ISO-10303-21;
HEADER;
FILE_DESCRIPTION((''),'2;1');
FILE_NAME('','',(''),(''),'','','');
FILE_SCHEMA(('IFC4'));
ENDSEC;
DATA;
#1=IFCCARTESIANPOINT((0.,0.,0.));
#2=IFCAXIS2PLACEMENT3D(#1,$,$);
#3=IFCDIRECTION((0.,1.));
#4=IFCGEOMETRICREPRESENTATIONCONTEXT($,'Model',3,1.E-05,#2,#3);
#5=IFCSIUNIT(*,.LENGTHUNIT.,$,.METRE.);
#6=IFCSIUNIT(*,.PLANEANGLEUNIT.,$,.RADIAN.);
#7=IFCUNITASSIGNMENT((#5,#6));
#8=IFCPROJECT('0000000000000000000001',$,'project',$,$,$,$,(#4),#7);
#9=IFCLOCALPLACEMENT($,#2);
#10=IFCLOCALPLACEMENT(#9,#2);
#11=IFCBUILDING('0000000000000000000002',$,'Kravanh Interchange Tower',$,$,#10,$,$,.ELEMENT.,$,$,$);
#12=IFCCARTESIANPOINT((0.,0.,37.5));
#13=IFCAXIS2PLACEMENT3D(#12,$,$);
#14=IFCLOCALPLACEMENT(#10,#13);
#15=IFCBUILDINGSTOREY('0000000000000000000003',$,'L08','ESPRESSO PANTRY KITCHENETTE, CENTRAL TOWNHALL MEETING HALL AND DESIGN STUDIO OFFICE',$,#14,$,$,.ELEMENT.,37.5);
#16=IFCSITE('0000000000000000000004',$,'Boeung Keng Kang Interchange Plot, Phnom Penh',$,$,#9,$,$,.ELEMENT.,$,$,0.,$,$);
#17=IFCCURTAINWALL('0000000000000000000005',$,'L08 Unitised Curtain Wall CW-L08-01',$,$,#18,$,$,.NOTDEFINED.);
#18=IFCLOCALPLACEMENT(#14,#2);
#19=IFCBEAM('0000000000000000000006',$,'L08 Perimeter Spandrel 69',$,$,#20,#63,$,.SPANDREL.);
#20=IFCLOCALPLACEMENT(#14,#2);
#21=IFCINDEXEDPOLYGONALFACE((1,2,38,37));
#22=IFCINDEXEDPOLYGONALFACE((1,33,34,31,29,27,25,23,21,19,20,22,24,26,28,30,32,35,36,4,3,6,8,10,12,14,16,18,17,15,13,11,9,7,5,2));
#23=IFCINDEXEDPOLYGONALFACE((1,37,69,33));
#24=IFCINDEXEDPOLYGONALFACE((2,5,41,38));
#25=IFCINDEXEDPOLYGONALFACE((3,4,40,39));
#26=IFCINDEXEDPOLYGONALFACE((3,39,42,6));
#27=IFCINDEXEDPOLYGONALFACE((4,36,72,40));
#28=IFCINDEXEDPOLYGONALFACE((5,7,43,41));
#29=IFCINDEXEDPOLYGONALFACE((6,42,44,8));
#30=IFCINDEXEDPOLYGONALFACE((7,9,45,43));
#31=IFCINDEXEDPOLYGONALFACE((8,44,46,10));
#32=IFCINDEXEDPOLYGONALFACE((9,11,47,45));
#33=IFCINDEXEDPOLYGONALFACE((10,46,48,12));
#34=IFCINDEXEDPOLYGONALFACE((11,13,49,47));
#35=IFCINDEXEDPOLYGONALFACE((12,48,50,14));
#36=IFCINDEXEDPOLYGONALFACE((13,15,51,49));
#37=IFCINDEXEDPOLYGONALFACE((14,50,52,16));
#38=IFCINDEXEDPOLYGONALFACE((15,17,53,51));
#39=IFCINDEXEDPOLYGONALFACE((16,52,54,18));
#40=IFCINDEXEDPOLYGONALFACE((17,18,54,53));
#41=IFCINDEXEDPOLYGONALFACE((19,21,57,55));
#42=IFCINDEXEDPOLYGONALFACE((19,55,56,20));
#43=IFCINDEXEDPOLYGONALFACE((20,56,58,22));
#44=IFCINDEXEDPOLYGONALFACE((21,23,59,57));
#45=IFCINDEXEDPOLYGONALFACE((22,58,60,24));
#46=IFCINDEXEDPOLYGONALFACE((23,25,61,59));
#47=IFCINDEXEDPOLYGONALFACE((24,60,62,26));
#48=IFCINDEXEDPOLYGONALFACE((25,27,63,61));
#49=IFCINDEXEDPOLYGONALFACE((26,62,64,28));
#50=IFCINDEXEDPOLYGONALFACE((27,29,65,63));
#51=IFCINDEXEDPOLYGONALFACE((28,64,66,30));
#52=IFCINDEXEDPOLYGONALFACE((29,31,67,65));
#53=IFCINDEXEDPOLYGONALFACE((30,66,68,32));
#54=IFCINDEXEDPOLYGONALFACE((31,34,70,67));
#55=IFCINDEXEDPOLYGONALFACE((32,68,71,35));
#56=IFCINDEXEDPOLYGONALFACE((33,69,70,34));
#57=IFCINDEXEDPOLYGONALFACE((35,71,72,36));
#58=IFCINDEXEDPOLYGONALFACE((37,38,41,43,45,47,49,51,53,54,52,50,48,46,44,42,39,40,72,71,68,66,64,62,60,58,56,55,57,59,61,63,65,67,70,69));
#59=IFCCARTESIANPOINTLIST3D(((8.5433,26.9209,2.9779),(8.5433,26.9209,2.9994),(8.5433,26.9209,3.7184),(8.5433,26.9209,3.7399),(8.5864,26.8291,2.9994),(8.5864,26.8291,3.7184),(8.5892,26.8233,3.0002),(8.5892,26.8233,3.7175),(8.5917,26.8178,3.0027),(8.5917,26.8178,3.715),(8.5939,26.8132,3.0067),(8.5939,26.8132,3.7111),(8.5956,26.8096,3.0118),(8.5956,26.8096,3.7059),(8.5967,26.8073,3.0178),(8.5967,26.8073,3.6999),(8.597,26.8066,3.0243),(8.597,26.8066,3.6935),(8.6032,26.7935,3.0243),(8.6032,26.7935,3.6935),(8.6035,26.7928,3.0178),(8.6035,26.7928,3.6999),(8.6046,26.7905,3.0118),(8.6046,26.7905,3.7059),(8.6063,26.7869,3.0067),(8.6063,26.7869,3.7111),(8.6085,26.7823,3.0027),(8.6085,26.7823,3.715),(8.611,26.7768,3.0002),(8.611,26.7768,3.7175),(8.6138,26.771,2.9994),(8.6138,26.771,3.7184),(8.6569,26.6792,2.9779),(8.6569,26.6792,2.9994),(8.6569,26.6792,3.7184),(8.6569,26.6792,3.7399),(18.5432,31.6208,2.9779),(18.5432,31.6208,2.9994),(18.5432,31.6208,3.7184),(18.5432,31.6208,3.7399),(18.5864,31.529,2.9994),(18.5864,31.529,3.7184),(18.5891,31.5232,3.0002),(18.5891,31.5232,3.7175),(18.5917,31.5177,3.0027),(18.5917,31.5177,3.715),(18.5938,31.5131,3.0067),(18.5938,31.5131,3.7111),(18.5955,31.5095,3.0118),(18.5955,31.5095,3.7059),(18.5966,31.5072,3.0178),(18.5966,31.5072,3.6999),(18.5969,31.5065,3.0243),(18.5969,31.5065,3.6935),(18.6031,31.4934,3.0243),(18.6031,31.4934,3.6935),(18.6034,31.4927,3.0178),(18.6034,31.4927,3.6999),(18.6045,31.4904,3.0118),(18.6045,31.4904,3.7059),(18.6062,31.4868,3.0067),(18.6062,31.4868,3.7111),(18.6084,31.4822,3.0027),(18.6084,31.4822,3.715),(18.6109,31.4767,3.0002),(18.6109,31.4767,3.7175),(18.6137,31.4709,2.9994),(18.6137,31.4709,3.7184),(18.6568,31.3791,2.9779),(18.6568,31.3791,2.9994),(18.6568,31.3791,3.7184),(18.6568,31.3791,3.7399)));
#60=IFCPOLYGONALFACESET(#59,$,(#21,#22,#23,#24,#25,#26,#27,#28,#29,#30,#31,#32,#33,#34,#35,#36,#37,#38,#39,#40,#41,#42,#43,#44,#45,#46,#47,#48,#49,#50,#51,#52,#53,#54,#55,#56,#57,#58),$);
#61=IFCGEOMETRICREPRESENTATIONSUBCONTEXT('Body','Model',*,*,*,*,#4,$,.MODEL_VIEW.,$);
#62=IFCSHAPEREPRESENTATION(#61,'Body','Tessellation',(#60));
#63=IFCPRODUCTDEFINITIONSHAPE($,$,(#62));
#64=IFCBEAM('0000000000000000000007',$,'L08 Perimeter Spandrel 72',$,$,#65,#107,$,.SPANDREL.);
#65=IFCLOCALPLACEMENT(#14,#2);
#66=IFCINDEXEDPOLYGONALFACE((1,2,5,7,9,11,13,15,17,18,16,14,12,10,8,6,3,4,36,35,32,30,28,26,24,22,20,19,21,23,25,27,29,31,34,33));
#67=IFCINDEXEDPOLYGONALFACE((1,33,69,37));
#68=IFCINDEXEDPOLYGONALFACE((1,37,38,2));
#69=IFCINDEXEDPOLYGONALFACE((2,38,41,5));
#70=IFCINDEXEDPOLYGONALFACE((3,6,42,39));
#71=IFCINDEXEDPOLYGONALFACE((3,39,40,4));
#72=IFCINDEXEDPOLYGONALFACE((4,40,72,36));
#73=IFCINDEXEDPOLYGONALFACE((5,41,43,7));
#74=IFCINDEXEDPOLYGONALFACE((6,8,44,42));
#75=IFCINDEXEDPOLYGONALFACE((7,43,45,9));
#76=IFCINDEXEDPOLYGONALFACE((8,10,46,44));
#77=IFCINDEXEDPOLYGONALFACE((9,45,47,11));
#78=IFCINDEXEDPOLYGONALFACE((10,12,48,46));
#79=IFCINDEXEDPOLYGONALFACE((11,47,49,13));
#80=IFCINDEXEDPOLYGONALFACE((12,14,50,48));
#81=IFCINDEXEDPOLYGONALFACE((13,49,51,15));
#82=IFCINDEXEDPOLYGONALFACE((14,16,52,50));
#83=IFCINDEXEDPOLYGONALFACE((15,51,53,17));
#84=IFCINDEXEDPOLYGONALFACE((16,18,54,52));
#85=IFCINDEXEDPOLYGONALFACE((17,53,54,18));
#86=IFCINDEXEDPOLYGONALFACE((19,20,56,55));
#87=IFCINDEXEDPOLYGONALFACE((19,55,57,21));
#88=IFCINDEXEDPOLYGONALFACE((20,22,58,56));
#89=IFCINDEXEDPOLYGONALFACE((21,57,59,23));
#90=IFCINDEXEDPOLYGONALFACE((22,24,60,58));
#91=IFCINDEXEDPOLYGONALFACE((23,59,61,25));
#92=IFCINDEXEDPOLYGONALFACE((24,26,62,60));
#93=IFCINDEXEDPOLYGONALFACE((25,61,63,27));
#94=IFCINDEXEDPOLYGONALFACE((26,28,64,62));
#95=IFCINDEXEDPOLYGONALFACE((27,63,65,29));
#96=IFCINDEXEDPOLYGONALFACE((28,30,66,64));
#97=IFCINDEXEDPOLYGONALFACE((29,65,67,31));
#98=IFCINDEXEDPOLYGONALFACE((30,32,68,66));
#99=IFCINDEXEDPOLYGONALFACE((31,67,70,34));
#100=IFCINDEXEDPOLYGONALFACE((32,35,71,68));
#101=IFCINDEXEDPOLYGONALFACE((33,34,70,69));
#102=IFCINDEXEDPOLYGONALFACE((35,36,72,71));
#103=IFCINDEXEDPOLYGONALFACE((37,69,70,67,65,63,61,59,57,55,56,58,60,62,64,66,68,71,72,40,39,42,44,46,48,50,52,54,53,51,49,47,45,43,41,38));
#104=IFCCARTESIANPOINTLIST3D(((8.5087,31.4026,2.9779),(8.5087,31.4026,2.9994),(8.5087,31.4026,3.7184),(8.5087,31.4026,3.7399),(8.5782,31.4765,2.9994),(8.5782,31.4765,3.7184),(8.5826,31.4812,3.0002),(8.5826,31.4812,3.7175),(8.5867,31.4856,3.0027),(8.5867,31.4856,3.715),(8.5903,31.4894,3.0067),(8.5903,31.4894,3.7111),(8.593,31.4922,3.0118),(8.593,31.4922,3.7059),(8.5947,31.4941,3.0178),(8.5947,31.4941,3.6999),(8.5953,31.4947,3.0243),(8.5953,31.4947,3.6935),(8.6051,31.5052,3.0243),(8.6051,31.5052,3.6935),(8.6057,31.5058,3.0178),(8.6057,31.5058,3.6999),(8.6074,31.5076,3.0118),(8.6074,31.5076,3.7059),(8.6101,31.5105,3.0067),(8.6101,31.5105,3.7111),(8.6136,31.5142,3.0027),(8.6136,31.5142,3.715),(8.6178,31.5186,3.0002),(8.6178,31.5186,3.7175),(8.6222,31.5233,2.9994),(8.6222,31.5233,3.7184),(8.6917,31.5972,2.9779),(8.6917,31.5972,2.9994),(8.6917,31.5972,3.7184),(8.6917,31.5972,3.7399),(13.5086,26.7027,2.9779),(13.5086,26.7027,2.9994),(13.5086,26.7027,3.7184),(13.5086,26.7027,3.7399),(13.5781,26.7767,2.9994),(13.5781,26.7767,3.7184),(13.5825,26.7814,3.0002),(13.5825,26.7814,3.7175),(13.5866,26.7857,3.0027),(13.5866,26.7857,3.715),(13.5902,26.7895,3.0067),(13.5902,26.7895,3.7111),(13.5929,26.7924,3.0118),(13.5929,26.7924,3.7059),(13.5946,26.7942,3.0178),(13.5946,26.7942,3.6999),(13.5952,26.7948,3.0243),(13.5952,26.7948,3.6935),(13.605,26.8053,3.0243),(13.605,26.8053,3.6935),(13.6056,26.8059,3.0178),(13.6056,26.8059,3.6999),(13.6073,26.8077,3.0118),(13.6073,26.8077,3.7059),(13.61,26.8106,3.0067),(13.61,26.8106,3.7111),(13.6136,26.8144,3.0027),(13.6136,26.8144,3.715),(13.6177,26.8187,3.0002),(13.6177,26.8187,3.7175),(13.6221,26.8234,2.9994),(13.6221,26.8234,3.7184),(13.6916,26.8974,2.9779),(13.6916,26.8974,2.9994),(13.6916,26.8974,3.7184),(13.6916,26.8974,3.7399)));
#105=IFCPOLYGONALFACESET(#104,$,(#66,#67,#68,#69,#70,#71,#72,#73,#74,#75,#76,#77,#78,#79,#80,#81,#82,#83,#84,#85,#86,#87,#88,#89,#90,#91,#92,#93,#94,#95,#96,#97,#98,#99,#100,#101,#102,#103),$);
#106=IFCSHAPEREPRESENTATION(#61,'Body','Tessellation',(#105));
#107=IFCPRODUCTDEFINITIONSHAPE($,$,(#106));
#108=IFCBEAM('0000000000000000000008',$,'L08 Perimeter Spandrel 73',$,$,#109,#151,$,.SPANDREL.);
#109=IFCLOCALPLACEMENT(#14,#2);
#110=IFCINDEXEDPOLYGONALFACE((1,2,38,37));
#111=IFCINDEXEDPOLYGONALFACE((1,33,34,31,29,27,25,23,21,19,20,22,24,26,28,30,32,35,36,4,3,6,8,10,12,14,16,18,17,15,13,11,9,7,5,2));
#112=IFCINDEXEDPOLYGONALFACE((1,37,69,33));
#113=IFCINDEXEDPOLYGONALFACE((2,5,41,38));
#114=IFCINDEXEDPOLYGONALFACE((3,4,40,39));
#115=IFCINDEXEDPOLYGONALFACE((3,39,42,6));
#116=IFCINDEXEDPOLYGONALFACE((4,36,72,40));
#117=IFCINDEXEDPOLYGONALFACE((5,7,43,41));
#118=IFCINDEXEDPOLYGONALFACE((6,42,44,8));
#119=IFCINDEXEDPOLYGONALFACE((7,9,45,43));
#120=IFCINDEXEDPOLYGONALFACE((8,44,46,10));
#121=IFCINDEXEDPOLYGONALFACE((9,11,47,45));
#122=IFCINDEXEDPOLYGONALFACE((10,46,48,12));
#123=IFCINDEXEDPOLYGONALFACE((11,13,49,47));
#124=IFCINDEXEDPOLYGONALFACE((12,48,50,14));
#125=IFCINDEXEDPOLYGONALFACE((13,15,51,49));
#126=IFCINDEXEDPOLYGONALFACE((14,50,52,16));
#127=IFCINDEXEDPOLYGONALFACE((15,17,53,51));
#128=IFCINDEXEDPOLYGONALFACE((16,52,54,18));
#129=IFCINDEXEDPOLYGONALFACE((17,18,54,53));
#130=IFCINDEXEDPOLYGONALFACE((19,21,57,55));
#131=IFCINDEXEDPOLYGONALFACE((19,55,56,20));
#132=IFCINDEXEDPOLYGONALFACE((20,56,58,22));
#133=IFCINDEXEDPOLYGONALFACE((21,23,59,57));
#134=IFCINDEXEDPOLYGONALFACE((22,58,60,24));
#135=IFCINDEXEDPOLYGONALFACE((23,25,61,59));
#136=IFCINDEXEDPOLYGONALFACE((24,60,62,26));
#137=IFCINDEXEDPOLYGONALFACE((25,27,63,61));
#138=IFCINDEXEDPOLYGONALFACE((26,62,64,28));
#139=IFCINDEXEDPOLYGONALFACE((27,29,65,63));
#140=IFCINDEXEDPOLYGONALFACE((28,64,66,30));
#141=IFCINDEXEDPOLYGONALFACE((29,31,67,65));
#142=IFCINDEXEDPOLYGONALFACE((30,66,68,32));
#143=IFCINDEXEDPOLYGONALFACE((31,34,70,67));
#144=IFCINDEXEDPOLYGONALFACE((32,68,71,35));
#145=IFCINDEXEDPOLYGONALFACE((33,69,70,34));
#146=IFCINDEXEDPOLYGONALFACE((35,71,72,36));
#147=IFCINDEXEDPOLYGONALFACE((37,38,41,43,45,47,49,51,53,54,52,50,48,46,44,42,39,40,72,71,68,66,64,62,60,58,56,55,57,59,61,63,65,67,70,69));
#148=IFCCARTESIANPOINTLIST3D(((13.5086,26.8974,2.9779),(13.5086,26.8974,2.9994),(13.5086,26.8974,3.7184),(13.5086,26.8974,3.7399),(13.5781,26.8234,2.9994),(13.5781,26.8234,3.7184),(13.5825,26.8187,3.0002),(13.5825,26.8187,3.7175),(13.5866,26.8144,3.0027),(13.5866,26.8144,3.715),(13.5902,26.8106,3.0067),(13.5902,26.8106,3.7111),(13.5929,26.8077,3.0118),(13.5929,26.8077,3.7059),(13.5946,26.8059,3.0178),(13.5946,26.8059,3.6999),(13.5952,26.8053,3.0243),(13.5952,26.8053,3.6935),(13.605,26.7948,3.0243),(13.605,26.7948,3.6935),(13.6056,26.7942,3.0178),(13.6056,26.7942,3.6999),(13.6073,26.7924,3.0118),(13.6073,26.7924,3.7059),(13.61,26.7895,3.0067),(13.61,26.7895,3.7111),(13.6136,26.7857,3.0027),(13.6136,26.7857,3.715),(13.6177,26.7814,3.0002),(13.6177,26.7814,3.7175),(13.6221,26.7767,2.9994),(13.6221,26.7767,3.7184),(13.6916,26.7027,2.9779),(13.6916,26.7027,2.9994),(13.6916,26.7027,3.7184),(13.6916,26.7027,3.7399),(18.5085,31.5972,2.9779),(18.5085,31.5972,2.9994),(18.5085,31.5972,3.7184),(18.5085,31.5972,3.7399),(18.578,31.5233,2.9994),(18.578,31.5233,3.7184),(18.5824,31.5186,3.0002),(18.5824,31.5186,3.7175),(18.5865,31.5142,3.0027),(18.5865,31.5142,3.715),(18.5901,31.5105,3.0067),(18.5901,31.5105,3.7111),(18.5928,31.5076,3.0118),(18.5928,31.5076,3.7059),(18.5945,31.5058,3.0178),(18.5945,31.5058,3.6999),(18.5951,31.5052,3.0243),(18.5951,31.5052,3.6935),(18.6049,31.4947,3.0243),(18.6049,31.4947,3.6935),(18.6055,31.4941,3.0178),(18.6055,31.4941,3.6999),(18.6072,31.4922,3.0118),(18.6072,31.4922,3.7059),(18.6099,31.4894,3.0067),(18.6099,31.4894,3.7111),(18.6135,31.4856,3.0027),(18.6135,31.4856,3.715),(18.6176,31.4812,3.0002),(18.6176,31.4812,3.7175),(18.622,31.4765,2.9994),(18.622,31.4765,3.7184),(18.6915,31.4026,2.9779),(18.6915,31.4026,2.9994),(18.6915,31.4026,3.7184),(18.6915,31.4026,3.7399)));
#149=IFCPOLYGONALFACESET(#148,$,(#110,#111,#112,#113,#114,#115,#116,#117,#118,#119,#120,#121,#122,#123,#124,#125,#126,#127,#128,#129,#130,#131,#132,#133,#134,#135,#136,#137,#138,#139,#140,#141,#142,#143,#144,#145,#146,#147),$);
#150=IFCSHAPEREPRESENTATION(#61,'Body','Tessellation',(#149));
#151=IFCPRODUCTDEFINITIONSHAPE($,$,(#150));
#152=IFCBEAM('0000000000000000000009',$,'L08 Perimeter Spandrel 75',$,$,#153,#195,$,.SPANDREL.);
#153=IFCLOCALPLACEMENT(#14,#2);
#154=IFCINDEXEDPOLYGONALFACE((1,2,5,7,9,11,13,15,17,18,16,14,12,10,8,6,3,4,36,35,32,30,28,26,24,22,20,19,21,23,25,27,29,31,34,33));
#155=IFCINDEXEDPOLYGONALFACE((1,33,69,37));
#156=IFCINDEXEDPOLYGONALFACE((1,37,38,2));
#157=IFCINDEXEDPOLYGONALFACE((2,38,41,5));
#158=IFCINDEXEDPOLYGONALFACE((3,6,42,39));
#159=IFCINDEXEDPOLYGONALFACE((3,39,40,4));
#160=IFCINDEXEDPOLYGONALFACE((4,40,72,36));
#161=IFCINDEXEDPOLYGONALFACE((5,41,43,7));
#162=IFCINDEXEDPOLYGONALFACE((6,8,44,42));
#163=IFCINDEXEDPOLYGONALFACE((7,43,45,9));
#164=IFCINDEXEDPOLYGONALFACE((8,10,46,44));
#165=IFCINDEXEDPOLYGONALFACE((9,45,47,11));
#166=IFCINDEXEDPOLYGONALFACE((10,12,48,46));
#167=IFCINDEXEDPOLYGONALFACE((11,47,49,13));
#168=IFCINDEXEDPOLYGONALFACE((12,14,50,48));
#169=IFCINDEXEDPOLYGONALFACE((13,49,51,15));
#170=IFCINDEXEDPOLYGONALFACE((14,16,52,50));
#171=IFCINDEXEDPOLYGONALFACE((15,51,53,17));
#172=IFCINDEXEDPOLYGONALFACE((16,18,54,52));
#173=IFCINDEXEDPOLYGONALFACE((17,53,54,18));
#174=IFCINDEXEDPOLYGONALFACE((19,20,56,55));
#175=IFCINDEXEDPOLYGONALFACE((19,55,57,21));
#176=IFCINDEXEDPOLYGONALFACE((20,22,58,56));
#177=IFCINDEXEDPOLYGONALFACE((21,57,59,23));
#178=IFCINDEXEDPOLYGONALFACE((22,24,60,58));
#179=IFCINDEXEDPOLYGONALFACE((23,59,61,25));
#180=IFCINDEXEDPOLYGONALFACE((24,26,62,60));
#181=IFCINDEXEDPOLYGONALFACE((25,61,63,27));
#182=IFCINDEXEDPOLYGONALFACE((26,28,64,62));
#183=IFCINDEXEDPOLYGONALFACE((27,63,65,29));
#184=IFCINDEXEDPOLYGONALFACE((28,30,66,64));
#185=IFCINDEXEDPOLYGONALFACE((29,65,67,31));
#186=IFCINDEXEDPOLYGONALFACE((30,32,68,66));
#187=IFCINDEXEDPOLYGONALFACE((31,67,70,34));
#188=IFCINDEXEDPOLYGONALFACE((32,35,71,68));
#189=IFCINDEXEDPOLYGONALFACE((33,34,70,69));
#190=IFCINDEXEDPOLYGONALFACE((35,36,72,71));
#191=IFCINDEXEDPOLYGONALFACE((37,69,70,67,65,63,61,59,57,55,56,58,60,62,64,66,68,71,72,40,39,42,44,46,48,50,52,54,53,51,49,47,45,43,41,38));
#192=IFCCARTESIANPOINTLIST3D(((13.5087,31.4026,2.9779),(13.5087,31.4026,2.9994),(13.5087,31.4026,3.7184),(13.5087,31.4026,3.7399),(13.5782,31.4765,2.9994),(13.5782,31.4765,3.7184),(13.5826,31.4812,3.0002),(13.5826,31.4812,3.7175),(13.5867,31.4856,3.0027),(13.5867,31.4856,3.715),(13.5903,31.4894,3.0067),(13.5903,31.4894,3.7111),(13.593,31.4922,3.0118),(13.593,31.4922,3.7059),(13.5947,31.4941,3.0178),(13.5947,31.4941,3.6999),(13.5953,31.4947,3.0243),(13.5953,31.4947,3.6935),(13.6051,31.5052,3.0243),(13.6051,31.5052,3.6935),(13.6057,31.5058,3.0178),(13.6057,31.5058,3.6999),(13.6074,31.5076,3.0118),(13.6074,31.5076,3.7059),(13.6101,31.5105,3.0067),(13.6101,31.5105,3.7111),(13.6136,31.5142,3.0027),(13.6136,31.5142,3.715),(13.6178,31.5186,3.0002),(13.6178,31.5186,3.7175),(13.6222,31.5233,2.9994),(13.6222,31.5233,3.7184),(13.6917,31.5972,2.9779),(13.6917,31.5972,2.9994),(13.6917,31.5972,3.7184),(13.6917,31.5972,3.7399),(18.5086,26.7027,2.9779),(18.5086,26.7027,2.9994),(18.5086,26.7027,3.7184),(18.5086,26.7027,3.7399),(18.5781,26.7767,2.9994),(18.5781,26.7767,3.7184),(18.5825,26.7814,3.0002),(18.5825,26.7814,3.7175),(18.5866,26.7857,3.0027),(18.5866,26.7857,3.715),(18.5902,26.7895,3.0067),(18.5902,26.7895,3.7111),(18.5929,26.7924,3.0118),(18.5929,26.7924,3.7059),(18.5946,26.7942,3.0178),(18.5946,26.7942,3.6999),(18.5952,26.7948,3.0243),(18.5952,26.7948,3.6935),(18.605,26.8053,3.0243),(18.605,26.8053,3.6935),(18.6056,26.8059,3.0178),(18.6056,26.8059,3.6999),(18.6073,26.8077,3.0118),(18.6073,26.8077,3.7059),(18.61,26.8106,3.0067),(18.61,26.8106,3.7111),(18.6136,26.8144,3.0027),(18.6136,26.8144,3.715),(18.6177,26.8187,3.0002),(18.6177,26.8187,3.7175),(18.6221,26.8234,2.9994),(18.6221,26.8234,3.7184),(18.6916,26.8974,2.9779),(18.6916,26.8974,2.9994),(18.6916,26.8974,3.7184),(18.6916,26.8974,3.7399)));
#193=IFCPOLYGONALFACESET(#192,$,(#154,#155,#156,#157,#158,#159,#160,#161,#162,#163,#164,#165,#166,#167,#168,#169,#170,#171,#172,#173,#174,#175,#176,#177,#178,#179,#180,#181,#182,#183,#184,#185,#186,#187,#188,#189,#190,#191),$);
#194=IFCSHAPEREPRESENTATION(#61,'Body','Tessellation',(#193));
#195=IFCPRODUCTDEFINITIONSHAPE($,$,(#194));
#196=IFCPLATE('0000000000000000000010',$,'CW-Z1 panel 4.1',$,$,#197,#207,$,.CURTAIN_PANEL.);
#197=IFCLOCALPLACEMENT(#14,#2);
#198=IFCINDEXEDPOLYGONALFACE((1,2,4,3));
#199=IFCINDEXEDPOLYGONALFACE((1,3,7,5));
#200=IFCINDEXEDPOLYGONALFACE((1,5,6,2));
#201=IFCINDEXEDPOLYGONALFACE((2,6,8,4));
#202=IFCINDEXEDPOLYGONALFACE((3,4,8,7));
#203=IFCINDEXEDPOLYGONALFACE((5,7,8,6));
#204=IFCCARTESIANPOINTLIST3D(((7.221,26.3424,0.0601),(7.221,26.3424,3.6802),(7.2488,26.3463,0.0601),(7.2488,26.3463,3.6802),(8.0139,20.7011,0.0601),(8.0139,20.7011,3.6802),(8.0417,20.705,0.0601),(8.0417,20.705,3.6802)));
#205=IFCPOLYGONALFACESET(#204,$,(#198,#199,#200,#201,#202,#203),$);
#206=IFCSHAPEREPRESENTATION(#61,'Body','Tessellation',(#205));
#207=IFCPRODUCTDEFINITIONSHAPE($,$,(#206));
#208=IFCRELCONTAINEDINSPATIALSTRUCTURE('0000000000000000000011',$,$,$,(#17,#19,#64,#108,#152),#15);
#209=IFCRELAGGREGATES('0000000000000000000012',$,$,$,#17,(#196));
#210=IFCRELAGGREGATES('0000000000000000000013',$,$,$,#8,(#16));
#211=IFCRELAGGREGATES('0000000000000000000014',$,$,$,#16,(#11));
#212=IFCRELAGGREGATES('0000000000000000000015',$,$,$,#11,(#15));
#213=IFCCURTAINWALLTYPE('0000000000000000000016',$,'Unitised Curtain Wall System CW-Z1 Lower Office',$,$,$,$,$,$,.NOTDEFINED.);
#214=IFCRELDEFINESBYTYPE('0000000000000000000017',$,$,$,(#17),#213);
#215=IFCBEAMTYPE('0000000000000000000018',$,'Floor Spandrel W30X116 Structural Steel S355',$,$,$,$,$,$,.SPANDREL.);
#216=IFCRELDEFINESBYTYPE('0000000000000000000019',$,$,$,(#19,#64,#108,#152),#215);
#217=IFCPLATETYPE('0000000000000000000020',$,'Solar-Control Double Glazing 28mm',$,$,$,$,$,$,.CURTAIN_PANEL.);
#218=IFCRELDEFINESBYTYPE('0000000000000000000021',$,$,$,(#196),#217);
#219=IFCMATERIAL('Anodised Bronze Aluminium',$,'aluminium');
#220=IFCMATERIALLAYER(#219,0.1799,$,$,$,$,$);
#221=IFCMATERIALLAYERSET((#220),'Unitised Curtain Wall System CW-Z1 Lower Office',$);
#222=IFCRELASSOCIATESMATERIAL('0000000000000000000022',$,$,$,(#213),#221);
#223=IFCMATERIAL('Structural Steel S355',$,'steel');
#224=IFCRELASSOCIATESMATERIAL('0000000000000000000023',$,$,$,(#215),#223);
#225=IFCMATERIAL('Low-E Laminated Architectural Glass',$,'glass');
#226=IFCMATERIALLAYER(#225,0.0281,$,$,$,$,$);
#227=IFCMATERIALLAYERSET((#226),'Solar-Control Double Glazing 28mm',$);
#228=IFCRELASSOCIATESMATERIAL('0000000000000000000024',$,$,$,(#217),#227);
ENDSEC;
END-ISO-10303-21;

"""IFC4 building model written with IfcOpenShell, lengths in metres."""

from ifc_helpers import new_model, si_unit, direction, frame, origin, origin_2d, place, context, subcontext, project, spatial, rectangle, i_section, extrude, material, layer, layer_set, material_profile, profile_set, type_object, element, aggregate, save


model = new_model("IFC4")

# Units and contexts
model_context = context("Model", 3, precision=1e-05, world=origin(), true_north=direction((0.0, 1.0)))
body_context = subcontext(model_context, "Body", "Model", "MODEL_VIEW")
ifc_project = project(units=[si_unit("LENGTHUNIT", "METRE"), si_unit("PLANEANGLEUNIT", "RADIAN")], contexts=[model_context])

# Site, building, storey
site_placement = place(None, origin())
site = spatial("IfcSite", under=ifc_project, at=site_placement, Name="Boeung Keng Kang Interchange Plot, Phnom Penh", CompositionType="ELEMENT", RefElevation=0.0)
building_placement = place(site_placement, origin())
building = spatial("IfcBuilding", under=site, at=building_placement, Name="Kravanh Interchange Tower", CompositionType="ELEMENT")
storey_placement = place(building_placement, frame((0.0, 0.0, 37.5)))
storey = spatial("IfcBuildingStorey", under=building, at=storey_placement, Name="L08", Description="ESPRESSO PANTRY KITCHENETTE, CENTRAL TOWNHALL MEETING HALL AND DESIGN STUDIO OFFICE", CompositionType="ELEMENT", Elevation=37.5)

# Curtain wall
ifc_material_1 = material(Name="Anodised Bronze Aluminium", Category="aluminium")
ifc_layer_1 = layer(ifc_material_1, 0.1799)
ifc_layer_set_1 = layer_set([ifc_layer_1], Name="Unitised Curtain Wall System CW-Z1 Lower Office")
curtain_wall_type = type_object("IfcCurtainWallType", Name="Unitised Curtain Wall System CW-Z1 Lower Office", PredefinedType="NOTDEFINED", material=ifc_layer_set_1)
curtain_wall_placement = place(storey_placement, origin())
curtain_wall = element("IfcCurtainWall", 1, at=curtain_wall_placement, inside=storey, type_object=curtain_wall_type, Name="L08 Unitised Curtain Wall CW-L08-01", PredefinedType="NOTDEFINED")

# Beams
ifc_material_2 = material(Name="Structural Steel S355", Category="steel")
ifc_material_profile_1 = material_profile(ifc_material_2, i_section(OverallWidth=0.2671, OverallDepth=0.762, WebThickness=0.0144, FlangeThickness=0.0215, FilletRadius=0.0249, at=origin_2d()), Name="W30X116")
ifc_profile_set_1 = profile_set([ifc_material_profile_1], Name="Structural Steel S355")
beam_type_1 = type_object("IfcBeamType", Name="Floor Spandrel W30X116 Structural Steel S355", PredefinedType="SPANDREL", material=ifc_profile_set_1)
beam_1_placement = place(storey_placement, frame((8.6001, 26.8, 3.3589), z_axis=(0.905025, 0.425358, 0.0), x_axis=(-0.425358, 0.905025, 0.0)))
element("IfcBeam", 2, at=beam_1_placement, inside=storey, type_object=beam_type_1, Name="L08 Perimeter Spandrel 69", PredefinedType="SPANDREL", context=body_context, shape_type="SweptSolid", body=[
    extrude(i_section(OverallWidth=0.2671, OverallDepth=0.762, WebThickness=0.0144, FlangeThickness=0.0215, FilletRadius=0.0249, at=origin_2d()), origin(), (0.0, 0.0, 1.0), 11.0493),
])
for number, where, z_axis, x_axis, name in (
    (3, (13.6001, 26.8, 3.3589), (-0.728631, 0.684906, 0.0), (-0.684906, -0.728631, 0.0), "L08 Perimeter Spandrel 72"),
    (4, (13.6001, 26.8, 3.3589), (0.728631, 0.684906, 0.0), (-0.684906, 0.728631, 0.0), "L08 Perimeter Spandrel 73"),
    (5, (18.6001, 26.8, 3.3589), (-0.728631, 0.684906, 0.0), (-0.684906, -0.728631, 0.0), "L08 Perimeter Spandrel 75"),
):
    element("IfcBeam", number, at=place(storey_placement, frame(where, z_axis=z_axis, x_axis=x_axis)), inside=storey, type_object=beam_type_1, Name=name, PredefinedType="SPANDREL", context=body_context, shape_type="SweptSolid", body=[
        extrude(i_section(OverallWidth=0.2671, OverallDepth=0.762, WebThickness=0.0144, FlangeThickness=0.0215, FilletRadius=0.0249, at=origin_2d()), origin(), (0.0, 0.0, 1.0), 6.8621),
    ])

# Plate
ifc_material_3 = material(Name="Low-E Laminated Architectural Glass", Category="glass")
ifc_layer_2 = layer(ifc_material_3, 0.0281)
ifc_layer_set_2 = layer_set([ifc_layer_2], Name="Solar-Control Double Glazing 28mm")
plate_type = type_object("IfcPlateType", Name="Solar-Control Double Glazing 28mm", PredefinedType="CURTAIN_PANEL", material=ifc_layer_set_2)
plate_1_placement = place(storey_placement, frame((7.6313, 23.5237, 0.0601), z_axis=(0.0, 0.0, 1.0), x_axis=(-0.139177, 0.990268, 0.0)))
plate_1 = element("IfcPlate", 6, at=plate_1_placement, type_object=plate_type, Name="CW-Z1 panel 4.1", PredefinedType="CURTAIN_PANEL", context=body_context, shape_type="SweptSolid", body=[
    extrude(rectangle(XDim=5.6968, YDim=0.0281, at=origin_2d()), origin(), (0.0, 0.0, 1.0), 3.6201),
])
aggregate(curtain_wall, [plate_1])

save(model, "model.ifc")
